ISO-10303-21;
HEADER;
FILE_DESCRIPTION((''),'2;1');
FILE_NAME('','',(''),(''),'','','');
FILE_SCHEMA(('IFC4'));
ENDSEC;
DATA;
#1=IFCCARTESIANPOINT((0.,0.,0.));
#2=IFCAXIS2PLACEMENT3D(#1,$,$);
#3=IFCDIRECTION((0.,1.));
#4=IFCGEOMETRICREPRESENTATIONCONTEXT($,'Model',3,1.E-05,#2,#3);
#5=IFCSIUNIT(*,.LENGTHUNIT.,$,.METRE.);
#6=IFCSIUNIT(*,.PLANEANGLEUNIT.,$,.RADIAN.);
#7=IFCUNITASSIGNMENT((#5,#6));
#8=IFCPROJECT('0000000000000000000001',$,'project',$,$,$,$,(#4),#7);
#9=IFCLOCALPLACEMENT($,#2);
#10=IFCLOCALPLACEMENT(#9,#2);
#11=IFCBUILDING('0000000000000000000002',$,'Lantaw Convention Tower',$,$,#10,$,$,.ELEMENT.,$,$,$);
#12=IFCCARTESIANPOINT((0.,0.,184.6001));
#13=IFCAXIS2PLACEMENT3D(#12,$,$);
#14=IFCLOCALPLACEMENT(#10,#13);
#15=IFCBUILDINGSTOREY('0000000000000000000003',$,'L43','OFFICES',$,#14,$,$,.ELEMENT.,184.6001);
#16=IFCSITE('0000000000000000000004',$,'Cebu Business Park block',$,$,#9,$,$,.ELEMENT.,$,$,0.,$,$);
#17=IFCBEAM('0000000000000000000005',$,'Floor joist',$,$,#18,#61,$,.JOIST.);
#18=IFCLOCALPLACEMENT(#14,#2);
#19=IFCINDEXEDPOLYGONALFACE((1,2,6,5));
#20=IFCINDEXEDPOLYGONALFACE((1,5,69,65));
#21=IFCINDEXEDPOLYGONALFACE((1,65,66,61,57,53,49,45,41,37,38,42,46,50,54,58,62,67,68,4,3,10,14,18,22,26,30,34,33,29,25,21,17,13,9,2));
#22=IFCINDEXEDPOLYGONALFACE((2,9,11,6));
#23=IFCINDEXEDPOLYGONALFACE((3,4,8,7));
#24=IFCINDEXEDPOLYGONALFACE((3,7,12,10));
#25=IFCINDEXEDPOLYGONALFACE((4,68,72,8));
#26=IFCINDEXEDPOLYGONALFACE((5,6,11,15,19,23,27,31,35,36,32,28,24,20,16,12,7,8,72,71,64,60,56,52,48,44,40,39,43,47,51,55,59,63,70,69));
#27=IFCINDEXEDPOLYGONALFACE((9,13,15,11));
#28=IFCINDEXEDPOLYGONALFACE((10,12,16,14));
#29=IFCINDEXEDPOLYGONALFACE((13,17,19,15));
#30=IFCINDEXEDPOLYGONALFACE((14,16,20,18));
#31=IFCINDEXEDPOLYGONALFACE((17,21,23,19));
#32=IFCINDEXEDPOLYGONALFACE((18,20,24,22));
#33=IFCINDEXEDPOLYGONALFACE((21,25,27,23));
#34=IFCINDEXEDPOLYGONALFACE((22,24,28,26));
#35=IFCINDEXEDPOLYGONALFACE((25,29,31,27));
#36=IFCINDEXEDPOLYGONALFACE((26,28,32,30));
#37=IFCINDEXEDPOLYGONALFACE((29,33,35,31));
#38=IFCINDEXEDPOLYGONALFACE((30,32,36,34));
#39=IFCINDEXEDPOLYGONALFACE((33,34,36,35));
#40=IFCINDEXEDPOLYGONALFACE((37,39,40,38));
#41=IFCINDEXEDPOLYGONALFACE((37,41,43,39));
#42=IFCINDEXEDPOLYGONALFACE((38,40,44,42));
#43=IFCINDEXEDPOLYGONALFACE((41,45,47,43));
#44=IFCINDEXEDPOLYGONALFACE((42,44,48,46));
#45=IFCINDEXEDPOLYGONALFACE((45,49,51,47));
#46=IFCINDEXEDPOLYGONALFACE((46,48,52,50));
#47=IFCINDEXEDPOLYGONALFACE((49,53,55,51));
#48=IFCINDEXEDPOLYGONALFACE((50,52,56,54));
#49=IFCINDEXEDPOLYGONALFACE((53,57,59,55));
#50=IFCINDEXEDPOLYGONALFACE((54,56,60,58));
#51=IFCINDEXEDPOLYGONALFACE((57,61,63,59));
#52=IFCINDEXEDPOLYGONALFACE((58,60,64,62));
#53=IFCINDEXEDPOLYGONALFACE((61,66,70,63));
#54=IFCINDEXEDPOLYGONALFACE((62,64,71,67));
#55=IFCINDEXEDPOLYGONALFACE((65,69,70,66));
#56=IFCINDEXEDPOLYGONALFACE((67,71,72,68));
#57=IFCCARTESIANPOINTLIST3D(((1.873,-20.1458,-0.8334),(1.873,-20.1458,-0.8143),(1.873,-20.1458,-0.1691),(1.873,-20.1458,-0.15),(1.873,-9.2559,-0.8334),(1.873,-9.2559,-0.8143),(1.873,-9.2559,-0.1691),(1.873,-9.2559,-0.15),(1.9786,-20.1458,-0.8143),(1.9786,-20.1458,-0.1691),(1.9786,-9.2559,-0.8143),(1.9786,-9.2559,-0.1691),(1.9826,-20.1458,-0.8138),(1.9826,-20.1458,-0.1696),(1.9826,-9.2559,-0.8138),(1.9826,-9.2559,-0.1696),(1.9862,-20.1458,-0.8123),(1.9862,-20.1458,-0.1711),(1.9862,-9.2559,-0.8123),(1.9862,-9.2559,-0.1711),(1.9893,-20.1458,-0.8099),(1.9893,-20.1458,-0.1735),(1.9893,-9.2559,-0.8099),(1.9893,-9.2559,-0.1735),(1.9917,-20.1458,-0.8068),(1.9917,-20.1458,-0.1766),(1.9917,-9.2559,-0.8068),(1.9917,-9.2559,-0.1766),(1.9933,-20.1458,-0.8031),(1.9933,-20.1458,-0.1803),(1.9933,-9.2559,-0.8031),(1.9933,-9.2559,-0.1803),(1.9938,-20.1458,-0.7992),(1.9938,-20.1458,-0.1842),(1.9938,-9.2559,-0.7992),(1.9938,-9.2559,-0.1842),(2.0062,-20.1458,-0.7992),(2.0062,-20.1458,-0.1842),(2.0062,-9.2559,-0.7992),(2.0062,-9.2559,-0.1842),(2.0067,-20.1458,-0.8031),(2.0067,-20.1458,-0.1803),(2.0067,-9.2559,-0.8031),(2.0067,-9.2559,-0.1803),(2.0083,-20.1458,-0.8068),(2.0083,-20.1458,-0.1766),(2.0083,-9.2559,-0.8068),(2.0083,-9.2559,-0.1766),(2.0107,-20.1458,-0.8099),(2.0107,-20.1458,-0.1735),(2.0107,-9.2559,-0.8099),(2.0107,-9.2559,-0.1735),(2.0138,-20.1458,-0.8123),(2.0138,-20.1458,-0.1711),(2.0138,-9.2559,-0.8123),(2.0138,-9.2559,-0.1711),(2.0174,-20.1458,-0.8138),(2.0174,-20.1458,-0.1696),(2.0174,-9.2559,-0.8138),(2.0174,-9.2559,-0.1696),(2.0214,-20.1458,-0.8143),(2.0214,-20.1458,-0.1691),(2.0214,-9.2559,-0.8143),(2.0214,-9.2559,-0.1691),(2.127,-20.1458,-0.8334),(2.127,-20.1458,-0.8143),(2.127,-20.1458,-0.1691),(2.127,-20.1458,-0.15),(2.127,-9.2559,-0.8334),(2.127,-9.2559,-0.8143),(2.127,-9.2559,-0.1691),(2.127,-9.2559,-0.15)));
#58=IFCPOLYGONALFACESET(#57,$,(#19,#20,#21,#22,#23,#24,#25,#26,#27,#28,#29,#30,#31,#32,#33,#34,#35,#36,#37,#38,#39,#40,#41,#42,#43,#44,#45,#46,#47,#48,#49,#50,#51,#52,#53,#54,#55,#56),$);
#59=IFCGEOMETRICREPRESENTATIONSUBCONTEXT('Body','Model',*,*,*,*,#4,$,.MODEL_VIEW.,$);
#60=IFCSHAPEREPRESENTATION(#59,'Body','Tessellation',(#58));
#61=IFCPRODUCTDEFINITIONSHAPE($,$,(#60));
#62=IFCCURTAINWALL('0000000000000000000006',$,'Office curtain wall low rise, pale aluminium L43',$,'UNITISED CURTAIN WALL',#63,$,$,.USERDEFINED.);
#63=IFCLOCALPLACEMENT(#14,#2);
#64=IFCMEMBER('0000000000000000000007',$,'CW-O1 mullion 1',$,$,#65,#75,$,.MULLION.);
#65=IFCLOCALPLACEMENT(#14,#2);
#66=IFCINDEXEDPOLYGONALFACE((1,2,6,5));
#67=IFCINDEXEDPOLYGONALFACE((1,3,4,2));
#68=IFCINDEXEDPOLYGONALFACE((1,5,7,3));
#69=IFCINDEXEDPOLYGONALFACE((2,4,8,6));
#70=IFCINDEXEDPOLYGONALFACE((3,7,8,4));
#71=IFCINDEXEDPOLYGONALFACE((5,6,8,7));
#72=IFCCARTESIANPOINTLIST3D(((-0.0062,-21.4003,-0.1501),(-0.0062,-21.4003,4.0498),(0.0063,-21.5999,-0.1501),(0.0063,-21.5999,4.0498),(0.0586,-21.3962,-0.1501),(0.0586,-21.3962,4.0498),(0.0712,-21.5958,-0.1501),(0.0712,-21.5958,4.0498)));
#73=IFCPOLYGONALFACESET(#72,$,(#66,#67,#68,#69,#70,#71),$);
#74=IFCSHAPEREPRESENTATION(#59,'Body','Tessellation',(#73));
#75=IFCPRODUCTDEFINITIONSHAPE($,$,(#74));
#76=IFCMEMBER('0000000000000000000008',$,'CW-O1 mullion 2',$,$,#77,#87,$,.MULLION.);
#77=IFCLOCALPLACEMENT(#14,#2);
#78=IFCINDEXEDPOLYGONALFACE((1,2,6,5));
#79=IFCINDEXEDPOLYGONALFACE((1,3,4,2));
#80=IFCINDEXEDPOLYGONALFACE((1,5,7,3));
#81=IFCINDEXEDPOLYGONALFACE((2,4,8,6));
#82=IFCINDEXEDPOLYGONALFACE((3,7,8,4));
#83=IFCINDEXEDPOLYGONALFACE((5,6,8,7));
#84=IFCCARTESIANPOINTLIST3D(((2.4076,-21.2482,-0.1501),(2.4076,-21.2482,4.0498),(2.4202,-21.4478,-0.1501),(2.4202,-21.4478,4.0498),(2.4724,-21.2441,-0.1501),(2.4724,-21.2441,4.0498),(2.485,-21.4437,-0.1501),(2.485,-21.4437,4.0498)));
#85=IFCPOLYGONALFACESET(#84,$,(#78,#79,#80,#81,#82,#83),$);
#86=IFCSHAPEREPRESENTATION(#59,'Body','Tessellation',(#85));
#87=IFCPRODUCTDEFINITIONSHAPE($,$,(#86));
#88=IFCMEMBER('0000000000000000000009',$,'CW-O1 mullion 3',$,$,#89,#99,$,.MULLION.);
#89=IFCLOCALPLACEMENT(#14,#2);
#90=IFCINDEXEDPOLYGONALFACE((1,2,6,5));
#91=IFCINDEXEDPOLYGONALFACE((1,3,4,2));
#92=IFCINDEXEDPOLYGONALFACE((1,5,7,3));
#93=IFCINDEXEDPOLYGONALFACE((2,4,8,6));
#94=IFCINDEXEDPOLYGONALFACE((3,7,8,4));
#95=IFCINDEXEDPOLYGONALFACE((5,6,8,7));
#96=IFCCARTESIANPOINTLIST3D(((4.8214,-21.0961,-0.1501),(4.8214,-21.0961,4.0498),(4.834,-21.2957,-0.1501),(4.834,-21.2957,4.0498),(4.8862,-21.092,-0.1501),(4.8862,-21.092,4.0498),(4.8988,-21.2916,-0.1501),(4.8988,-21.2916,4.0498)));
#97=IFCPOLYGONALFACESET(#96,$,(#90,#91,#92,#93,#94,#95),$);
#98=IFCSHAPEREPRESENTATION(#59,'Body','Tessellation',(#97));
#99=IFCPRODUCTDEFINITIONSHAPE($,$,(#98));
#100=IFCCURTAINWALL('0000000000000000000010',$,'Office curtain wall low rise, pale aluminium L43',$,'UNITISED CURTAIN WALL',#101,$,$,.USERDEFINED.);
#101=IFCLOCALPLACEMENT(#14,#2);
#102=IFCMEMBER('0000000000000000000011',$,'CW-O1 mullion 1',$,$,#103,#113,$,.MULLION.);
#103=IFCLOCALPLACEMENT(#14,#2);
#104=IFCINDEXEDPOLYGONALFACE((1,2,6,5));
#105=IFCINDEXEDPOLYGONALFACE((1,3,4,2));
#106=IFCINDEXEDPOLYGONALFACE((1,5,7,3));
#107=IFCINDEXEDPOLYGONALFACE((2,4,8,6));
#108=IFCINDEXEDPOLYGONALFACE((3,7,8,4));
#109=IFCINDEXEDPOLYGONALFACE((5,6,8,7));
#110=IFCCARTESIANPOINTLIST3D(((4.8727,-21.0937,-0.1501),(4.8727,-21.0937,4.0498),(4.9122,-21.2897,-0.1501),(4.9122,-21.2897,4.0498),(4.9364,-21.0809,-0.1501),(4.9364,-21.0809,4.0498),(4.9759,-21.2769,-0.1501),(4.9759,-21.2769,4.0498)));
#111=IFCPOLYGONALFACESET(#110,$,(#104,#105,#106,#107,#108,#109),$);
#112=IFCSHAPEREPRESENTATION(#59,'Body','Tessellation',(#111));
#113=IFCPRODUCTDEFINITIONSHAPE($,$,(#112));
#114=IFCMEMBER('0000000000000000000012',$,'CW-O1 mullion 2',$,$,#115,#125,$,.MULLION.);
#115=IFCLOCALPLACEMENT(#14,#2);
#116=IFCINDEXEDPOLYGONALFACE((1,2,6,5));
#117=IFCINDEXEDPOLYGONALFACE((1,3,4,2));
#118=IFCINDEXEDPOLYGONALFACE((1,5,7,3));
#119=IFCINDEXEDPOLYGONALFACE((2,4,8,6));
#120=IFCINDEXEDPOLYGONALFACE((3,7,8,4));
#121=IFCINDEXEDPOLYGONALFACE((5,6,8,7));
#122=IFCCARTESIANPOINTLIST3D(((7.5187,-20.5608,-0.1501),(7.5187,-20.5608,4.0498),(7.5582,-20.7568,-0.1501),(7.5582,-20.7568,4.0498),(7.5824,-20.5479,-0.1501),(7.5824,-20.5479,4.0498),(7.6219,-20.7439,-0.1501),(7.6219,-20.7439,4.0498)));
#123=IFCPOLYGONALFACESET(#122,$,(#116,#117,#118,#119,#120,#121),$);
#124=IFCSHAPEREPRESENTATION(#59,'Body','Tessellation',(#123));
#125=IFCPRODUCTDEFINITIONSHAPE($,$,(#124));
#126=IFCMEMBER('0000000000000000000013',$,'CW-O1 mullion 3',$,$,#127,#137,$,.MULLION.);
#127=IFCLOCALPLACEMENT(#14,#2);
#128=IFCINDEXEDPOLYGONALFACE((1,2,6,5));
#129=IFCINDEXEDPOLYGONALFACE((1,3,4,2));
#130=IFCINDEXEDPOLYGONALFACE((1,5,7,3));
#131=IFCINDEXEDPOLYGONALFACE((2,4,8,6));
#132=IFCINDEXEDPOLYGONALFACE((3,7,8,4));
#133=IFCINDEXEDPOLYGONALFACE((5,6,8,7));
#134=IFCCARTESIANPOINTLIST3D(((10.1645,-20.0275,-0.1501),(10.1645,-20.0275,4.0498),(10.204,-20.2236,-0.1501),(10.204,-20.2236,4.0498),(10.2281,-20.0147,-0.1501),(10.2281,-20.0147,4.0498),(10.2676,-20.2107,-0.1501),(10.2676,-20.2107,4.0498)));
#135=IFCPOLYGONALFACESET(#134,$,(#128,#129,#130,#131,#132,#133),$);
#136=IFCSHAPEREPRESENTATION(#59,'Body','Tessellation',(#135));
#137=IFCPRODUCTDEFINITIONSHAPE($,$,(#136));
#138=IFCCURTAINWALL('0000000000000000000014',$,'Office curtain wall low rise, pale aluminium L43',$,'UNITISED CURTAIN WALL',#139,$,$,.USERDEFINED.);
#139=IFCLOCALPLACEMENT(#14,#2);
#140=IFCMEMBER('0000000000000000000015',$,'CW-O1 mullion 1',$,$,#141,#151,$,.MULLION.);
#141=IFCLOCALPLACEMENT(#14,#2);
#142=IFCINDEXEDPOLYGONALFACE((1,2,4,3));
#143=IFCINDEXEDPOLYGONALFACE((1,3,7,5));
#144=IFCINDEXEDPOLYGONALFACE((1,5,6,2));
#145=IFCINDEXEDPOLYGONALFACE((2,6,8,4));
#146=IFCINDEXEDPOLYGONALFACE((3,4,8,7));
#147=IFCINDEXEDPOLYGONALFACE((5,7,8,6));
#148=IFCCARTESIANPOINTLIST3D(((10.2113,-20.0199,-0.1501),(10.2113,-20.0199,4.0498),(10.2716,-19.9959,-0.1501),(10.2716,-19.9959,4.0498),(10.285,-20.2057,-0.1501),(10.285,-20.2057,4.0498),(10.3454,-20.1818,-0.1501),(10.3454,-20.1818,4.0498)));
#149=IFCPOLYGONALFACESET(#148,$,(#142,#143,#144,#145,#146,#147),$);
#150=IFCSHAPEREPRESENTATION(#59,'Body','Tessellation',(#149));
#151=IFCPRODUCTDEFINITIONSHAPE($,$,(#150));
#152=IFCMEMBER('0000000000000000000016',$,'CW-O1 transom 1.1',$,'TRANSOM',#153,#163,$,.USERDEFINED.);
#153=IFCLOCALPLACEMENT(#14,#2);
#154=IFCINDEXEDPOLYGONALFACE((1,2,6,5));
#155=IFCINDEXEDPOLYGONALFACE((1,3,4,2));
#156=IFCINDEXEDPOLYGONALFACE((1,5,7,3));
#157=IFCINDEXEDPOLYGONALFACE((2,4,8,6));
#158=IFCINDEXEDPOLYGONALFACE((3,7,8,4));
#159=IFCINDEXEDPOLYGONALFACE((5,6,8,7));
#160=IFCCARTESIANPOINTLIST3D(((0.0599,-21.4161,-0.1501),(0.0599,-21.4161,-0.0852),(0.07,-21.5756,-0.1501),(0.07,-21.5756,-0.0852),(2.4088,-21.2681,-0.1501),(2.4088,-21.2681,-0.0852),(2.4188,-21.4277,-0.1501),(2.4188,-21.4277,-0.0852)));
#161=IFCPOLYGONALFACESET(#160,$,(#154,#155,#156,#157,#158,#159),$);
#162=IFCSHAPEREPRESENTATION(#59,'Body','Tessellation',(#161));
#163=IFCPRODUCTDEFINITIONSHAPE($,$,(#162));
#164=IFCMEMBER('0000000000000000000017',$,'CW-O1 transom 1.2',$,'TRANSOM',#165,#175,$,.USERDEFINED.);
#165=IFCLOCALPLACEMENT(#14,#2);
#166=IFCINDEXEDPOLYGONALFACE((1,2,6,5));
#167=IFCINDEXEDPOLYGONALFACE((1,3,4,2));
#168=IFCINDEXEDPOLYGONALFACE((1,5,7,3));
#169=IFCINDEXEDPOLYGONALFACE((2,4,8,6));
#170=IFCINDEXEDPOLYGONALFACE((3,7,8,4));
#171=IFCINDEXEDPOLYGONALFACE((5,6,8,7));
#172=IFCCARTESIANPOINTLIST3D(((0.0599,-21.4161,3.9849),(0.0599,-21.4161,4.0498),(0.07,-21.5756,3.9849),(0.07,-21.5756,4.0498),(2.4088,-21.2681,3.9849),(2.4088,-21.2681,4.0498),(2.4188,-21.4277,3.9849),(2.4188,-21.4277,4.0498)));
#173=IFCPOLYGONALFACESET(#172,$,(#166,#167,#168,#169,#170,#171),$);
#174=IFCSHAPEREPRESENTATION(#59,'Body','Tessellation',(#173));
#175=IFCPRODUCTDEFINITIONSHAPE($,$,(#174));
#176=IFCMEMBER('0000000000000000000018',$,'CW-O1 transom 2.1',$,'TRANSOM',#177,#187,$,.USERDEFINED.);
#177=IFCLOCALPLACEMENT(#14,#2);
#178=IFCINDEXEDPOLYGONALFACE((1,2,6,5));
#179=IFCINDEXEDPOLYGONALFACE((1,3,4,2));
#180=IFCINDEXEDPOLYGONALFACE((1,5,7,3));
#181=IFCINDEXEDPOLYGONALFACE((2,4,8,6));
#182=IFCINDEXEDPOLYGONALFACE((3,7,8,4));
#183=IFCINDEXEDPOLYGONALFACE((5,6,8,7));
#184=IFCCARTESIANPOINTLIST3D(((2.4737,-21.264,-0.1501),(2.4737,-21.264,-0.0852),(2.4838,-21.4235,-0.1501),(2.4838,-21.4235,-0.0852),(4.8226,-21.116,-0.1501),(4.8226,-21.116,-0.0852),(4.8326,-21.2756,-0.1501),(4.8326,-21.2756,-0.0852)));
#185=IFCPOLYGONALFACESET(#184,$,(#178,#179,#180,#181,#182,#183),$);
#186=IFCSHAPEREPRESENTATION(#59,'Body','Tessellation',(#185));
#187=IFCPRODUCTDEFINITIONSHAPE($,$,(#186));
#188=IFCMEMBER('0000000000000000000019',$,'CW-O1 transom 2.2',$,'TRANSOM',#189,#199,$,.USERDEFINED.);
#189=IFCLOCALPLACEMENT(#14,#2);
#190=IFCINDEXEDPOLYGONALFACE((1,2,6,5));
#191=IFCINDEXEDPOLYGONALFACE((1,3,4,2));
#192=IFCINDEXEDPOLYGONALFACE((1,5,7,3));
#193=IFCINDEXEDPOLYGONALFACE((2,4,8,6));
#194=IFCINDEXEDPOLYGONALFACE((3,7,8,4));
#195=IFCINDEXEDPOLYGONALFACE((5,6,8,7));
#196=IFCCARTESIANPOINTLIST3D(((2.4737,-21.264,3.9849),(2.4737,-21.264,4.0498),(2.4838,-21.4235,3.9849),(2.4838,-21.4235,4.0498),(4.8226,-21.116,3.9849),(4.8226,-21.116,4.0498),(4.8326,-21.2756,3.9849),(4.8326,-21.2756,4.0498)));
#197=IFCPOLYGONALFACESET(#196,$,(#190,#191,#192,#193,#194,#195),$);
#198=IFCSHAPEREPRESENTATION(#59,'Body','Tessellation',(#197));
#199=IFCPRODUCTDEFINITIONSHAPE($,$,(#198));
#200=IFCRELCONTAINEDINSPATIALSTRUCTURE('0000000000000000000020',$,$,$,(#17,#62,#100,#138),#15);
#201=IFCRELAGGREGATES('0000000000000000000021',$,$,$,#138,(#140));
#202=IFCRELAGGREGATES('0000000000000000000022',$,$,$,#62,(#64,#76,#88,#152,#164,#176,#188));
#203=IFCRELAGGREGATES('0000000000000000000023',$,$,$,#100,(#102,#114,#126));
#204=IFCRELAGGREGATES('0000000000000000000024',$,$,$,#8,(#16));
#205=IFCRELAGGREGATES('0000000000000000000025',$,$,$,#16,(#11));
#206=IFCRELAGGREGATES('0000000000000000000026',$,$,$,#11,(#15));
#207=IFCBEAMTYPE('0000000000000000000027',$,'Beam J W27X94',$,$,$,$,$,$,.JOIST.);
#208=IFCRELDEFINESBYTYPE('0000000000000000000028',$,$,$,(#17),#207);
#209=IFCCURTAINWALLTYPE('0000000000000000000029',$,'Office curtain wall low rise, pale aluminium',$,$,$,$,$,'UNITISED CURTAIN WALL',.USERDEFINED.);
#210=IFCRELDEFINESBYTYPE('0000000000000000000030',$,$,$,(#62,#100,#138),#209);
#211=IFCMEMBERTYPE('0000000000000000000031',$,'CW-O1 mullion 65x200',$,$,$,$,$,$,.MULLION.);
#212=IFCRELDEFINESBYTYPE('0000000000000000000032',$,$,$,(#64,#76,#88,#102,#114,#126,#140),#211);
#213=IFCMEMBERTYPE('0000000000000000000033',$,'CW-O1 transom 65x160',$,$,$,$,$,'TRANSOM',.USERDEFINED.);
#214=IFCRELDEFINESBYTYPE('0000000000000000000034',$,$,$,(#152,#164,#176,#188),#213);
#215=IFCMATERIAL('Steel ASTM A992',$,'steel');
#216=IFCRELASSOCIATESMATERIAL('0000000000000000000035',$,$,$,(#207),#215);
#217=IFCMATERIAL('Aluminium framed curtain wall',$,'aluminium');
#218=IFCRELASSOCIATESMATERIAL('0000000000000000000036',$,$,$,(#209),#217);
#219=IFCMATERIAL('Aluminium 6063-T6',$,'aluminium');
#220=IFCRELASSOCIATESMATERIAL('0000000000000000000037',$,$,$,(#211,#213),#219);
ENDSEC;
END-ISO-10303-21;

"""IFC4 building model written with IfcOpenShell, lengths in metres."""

from ifc_helpers import new_model, si_unit, direction, frame, origin, origin_2d, place, context, subcontext, project, spatial, rectangle, i_section, extrude, material, material_profile, profile_set, type_object, element, aggregate, save


model = new_model("IFC4")

# Units and contexts
model_context = context("Model", 3, precision=1e-05, world=origin(), true_north=direction((0.0, 1.0)))
body_context = subcontext(model_context, "Body", "Model", "MODEL_VIEW")
ifc_project = project(units=[si_unit("LENGTHUNIT", "METRE"), si_unit("PLANEANGLEUNIT", "RADIAN")], contexts=[model_context])

# Site, building, storey
site_placement = place(None, origin())
site = spatial("IfcSite", under=ifc_project, at=site_placement, Name="Cebu Business Park block", CompositionType="ELEMENT", RefElevation=0.0)
building_placement = place(site_placement, origin())
building = spatial("IfcBuilding", under=site, at=building_placement, Name="Lantaw Convention Tower", CompositionType="ELEMENT")
storey_placement = place(building_placement, frame((0.0, 0.0, 184.6001)))
storey = spatial("IfcBuildingStorey", under=building, at=storey_placement, Name="L43", Description="OFFICES", CompositionType="ELEMENT", Elevation=184.6001)

# Beam
ifc_material_1 = material(Name="Steel ASTM A992", Category="steel")
ifc_material_profile_1 = material_profile(ifc_material_1, i_section(OverallWidth=0.2539, OverallDepth=0.6833, WebThickness=0.0125, FlangeThickness=0.019, FilletRadius=0.0151, at=origin_2d()), Name="W27X94")
ifc_profile_set_1 = profile_set([ifc_material_profile_1], Name="Steel ASTM A992")
beam_type_1 = type_object("IfcBeamType", Name="Beam J W27X94", PredefinedType="JOIST", material=ifc_profile_set_1)
beam_1_placement = place(storey_placement, frame((2.0, -20.1458, -0.4917), z_axis=(0.0, 1.0, 0.0), x_axis=(-1.0, 0.0, 0.0)))
element("IfcBeam", 1, at=beam_1_placement, inside=storey, type_object=beam_type_1, Name="Floor joist", PredefinedType="JOIST", context=body_context, shape_type="SweptSolid", body=[
    extrude(i_section(OverallWidth=0.2539, OverallDepth=0.6833, WebThickness=0.0125, FlangeThickness=0.019, FilletRadius=0.0151, at=origin_2d()), origin(), (0.0, 0.0, 1.0), 10.8899),
])

# Curtain walls, members
ifc_material_2 = material(Name="Aluminium framed curtain wall", Category="aluminium")
curtain_wall_type = type_object("IfcCurtainWallType", Name="Office curtain wall low rise, pale aluminium", ElementType="UNITISED CURTAIN WALL", PredefinedType="USERDEFINED", material=ifc_material_2)
curtain_wall_1_placement = place(storey_placement, origin())
curtain_wall_1 = element("IfcCurtainWall", 2, at=curtain_wall_1_placement, inside=storey, type_object=curtain_wall_type, Name="Office curtain wall low rise, pale aluminium L43", ObjectType="UNITISED CURTAIN WALL", PredefinedType="USERDEFINED")
ifc_material_3 = material(Name="Aluminium 6063-T6", Category="aluminium")
ifc_material_profile_2 = material_profile(ifc_material_3, rectangle(XDim=0.2, YDim=0.0649, at=origin_2d()), Name="CW-O1 mullion 65x200")
ifc_profile_set_2 = profile_set([ifc_material_profile_2], Name="Aluminium 6063-T6")
member_type_1 = type_object("IfcMemberType", Name="CW-O1 mullion 65x200", PredefinedType="MULLION", material=ifc_profile_set_2)
member_1_placement = place(storey_placement, frame((0.0325, -21.498, -0.1501), z_axis=(0.0, 0.0, 1.0), x_axis=(-0.062865, 0.998022, 0.0)))
member_1 = element("IfcMember", 3, at=member_1_placement, type_object=member_type_1, Name="CW-O1 mullion 1", PredefinedType="MULLION", context=body_context, shape_type="SweptSolid", body=[
    extrude(rectangle(XDim=0.2, YDim=0.0649, at=origin_2d()), origin(), (0.0, 0.0, 1.0), 4.2),
])
member_2_placement = place(storey_placement, frame((2.4463, -21.3459, -0.1501), z_axis=(0.0, 0.0, 1.0), x_axis=(-0.062865, 0.998022, 0.0)))
member_2 = element("IfcMember", 4, at=member_2_placement, type_object=member_type_1, Name="CW-O1 mullion 2", PredefinedType="MULLION", context=body_context, shape_type="SweptSolid", body=[
    extrude(rectangle(XDim=0.2, YDim=0.0649, at=origin_2d()), origin(), (0.0, 0.0, 1.0), 4.2),
])
member_3_placement = place(storey_placement, frame((4.8601, -21.1938, -0.1501), z_axis=(0.0, 0.0, 1.0), x_axis=(-0.062865, 0.998022, 0.0)))
member_3 = element("IfcMember", 5, at=member_3_placement, type_object=member_type_1, Name="CW-O1 mullion 3", PredefinedType="MULLION", context=body_context, shape_type="SweptSolid", body=[
    extrude(rectangle(XDim=0.2, YDim=0.0649, at=origin_2d()), origin(), (0.0, 0.0, 1.0), 4.2),
])
curtain_wall_2_placement = place(storey_placement, origin())
curtain_wall_2 = element("IfcCurtainWall", 6, at=curtain_wall_2_placement, inside=storey, type_object=curtain_wall_type, Name="Office curtain wall low rise, pale aluminium L43", ObjectType="UNITISED CURTAIN WALL", PredefinedType="USERDEFINED")
member_4_placement = place(storey_placement, frame((4.9243, -21.1853, -0.1501), z_axis=(0.0, 0.0, 1.0), x_axis=(-0.197507, 0.980302, 0.0)))
member_4 = element("IfcMember", 7, at=member_4_placement, type_object=member_type_1, Name="CW-O1 mullion 1", PredefinedType="MULLION", context=body_context, shape_type="SweptSolid", body=[
    extrude(rectangle(XDim=0.2, YDim=0.0649, at=origin_2d()), origin(), (0.0, 0.0, 1.0), 4.2),
])
member_5_placement = place(storey_placement, frame((7.5703, -20.6523, -0.1501), z_axis=(0.0, 0.0, 1.0), x_axis=(-0.197507, 0.980302, 0.0)))
member_5 = element("IfcMember", 8, at=member_5_placement, type_object=member_type_1, Name="CW-O1 mullion 2", PredefinedType="MULLION", context=body_context, shape_type="SweptSolid", body=[
    extrude(rectangle(XDim=0.2, YDim=0.0649, at=origin_2d()), origin(), (0.0, 0.0, 1.0), 4.2),
])
member_6_placement = place(storey_placement, frame((10.2161, -20.1191, -0.1501), z_axis=(0.0, 0.0, 1.0), x_axis=(-0.197507, 0.980302, 0.0)))
member_6 = element("IfcMember", 9, at=member_6_placement, type_object=member_type_1, Name="CW-O1 mullion 3", PredefinedType="MULLION", context=body_context, shape_type="SweptSolid", body=[
    extrude(rectangle(XDim=0.2, YDim=0.0649, at=origin_2d()), origin(), (0.0, 0.0, 1.0), 4.2),
])

# Curtain wall, member
curtain_wall_3_placement = place(storey_placement, origin())
curtain_wall_3 = element("IfcCurtainWall", 10, at=curtain_wall_3_placement, inside=storey, type_object=curtain_wall_type, Name="Office curtain wall low rise, pale aluminium L43", ObjectType="UNITISED CURTAIN WALL", PredefinedType="USERDEFINED")
member_7_placement = place(storey_placement, frame((10.2783, -20.1008, -0.1501), z_axis=(0.0, 0.0, 1.0), x_axis=(-0.368702, 0.929548, 0.0)))
member_7 = element("IfcMember", 11, at=member_7_placement, type_object=member_type_1, Name="CW-O1 mullion 1", PredefinedType="MULLION", context=body_context, shape_type="SweptSolid", body=[
    extrude(rectangle(XDim=0.2, YDim=0.0649, at=origin_2d()), origin(), (0.0, 0.0, 1.0), 4.2),
])

# Members
ifc_material_profile_3 = material_profile(ifc_material_3, rectangle(XDim=0.1599, YDim=0.0649, at=origin_2d()), Name="CW-O1 transom 65x160")
ifc_profile_set_3 = profile_set([ifc_material_profile_3], Name="Aluminium 6063-T6")
member_type_2 = type_object("IfcMemberType", Name="CW-O1 transom 65x160", ElementType="TRANSOM", PredefinedType="USERDEFINED", material=ifc_profile_set_3)
member_8_placement = place(storey_placement, frame((0.0649, -21.4958, -0.1177), z_axis=(0.998022, 0.062863, 0.0), x_axis=(-0.062863, 0.998022, 0.0)))
member_8 = element("IfcMember", 12, at=member_8_placement, type_object=member_type_2, Name="CW-O1 transom 1.1", ObjectType="TRANSOM", PredefinedType="USERDEFINED", context=body_context, shape_type="SweptSolid", body=[
    extrude(rectangle(XDim=0.1599, YDim=0.0649, at=origin_2d()), origin(), (0.0, 0.0, 1.0), 2.3535),
])
member_9_placement = place(storey_placement, frame((0.0649, -21.4958, 4.0173), z_axis=(0.998022, 0.062863, 0.0), x_axis=(-0.062863, 0.998022, 0.0)))
member_9 = element("IfcMember", 13, at=member_9_placement, type_object=member_type_2, Name="CW-O1 transom 1.2", ObjectType="TRANSOM", PredefinedType="USERDEFINED", context=body_context, shape_type="SweptSolid", body=[
    extrude(rectangle(XDim=0.1599, YDim=0.0649, at=origin_2d()), origin(), (0.0, 0.0, 1.0), 2.3535),
])
member_10_placement = place(storey_placement, frame((2.4788, -21.3438, -0.1177), z_axis=(0.998022, 0.062863, 0.0), x_axis=(-0.062863, 0.998022, 0.0)))
member_10 = element("IfcMember", 14, at=member_10_placement, type_object=member_type_2, Name="CW-O1 transom 2.1", ObjectType="TRANSOM", PredefinedType="USERDEFINED", context=body_context, shape_type="SweptSolid", body=[
    extrude(rectangle(XDim=0.1599, YDim=0.0649, at=origin_2d()), origin(), (0.0, 0.0, 1.0), 2.3535),
])
member_11_placement = place(storey_placement, frame((2.4788, -21.3438, 4.0173), z_axis=(0.998022, 0.062863, 0.0), x_axis=(-0.062863, 0.998022, 0.0)))
member_11 = element("IfcMember", 15, at=member_11_placement, type_object=member_type_2, Name="CW-O1 transom 2.2", ObjectType="TRANSOM", PredefinedType="USERDEFINED", context=body_context, shape_type="SweptSolid", body=[
    extrude(rectangle(XDim=0.1599, YDim=0.0649, at=origin_2d()), origin(), (0.0, 0.0, 1.0), 2.3535),
])
aggregate(curtain_wall_3, [member_7])

aggregate(curtain_wall_1, [member_1, member_2, member_3, member_8, member_9, member_10, member_11])
aggregate(curtain_wall_2, [member_4, member_5, member_6])

save(model, "model.ifc")
